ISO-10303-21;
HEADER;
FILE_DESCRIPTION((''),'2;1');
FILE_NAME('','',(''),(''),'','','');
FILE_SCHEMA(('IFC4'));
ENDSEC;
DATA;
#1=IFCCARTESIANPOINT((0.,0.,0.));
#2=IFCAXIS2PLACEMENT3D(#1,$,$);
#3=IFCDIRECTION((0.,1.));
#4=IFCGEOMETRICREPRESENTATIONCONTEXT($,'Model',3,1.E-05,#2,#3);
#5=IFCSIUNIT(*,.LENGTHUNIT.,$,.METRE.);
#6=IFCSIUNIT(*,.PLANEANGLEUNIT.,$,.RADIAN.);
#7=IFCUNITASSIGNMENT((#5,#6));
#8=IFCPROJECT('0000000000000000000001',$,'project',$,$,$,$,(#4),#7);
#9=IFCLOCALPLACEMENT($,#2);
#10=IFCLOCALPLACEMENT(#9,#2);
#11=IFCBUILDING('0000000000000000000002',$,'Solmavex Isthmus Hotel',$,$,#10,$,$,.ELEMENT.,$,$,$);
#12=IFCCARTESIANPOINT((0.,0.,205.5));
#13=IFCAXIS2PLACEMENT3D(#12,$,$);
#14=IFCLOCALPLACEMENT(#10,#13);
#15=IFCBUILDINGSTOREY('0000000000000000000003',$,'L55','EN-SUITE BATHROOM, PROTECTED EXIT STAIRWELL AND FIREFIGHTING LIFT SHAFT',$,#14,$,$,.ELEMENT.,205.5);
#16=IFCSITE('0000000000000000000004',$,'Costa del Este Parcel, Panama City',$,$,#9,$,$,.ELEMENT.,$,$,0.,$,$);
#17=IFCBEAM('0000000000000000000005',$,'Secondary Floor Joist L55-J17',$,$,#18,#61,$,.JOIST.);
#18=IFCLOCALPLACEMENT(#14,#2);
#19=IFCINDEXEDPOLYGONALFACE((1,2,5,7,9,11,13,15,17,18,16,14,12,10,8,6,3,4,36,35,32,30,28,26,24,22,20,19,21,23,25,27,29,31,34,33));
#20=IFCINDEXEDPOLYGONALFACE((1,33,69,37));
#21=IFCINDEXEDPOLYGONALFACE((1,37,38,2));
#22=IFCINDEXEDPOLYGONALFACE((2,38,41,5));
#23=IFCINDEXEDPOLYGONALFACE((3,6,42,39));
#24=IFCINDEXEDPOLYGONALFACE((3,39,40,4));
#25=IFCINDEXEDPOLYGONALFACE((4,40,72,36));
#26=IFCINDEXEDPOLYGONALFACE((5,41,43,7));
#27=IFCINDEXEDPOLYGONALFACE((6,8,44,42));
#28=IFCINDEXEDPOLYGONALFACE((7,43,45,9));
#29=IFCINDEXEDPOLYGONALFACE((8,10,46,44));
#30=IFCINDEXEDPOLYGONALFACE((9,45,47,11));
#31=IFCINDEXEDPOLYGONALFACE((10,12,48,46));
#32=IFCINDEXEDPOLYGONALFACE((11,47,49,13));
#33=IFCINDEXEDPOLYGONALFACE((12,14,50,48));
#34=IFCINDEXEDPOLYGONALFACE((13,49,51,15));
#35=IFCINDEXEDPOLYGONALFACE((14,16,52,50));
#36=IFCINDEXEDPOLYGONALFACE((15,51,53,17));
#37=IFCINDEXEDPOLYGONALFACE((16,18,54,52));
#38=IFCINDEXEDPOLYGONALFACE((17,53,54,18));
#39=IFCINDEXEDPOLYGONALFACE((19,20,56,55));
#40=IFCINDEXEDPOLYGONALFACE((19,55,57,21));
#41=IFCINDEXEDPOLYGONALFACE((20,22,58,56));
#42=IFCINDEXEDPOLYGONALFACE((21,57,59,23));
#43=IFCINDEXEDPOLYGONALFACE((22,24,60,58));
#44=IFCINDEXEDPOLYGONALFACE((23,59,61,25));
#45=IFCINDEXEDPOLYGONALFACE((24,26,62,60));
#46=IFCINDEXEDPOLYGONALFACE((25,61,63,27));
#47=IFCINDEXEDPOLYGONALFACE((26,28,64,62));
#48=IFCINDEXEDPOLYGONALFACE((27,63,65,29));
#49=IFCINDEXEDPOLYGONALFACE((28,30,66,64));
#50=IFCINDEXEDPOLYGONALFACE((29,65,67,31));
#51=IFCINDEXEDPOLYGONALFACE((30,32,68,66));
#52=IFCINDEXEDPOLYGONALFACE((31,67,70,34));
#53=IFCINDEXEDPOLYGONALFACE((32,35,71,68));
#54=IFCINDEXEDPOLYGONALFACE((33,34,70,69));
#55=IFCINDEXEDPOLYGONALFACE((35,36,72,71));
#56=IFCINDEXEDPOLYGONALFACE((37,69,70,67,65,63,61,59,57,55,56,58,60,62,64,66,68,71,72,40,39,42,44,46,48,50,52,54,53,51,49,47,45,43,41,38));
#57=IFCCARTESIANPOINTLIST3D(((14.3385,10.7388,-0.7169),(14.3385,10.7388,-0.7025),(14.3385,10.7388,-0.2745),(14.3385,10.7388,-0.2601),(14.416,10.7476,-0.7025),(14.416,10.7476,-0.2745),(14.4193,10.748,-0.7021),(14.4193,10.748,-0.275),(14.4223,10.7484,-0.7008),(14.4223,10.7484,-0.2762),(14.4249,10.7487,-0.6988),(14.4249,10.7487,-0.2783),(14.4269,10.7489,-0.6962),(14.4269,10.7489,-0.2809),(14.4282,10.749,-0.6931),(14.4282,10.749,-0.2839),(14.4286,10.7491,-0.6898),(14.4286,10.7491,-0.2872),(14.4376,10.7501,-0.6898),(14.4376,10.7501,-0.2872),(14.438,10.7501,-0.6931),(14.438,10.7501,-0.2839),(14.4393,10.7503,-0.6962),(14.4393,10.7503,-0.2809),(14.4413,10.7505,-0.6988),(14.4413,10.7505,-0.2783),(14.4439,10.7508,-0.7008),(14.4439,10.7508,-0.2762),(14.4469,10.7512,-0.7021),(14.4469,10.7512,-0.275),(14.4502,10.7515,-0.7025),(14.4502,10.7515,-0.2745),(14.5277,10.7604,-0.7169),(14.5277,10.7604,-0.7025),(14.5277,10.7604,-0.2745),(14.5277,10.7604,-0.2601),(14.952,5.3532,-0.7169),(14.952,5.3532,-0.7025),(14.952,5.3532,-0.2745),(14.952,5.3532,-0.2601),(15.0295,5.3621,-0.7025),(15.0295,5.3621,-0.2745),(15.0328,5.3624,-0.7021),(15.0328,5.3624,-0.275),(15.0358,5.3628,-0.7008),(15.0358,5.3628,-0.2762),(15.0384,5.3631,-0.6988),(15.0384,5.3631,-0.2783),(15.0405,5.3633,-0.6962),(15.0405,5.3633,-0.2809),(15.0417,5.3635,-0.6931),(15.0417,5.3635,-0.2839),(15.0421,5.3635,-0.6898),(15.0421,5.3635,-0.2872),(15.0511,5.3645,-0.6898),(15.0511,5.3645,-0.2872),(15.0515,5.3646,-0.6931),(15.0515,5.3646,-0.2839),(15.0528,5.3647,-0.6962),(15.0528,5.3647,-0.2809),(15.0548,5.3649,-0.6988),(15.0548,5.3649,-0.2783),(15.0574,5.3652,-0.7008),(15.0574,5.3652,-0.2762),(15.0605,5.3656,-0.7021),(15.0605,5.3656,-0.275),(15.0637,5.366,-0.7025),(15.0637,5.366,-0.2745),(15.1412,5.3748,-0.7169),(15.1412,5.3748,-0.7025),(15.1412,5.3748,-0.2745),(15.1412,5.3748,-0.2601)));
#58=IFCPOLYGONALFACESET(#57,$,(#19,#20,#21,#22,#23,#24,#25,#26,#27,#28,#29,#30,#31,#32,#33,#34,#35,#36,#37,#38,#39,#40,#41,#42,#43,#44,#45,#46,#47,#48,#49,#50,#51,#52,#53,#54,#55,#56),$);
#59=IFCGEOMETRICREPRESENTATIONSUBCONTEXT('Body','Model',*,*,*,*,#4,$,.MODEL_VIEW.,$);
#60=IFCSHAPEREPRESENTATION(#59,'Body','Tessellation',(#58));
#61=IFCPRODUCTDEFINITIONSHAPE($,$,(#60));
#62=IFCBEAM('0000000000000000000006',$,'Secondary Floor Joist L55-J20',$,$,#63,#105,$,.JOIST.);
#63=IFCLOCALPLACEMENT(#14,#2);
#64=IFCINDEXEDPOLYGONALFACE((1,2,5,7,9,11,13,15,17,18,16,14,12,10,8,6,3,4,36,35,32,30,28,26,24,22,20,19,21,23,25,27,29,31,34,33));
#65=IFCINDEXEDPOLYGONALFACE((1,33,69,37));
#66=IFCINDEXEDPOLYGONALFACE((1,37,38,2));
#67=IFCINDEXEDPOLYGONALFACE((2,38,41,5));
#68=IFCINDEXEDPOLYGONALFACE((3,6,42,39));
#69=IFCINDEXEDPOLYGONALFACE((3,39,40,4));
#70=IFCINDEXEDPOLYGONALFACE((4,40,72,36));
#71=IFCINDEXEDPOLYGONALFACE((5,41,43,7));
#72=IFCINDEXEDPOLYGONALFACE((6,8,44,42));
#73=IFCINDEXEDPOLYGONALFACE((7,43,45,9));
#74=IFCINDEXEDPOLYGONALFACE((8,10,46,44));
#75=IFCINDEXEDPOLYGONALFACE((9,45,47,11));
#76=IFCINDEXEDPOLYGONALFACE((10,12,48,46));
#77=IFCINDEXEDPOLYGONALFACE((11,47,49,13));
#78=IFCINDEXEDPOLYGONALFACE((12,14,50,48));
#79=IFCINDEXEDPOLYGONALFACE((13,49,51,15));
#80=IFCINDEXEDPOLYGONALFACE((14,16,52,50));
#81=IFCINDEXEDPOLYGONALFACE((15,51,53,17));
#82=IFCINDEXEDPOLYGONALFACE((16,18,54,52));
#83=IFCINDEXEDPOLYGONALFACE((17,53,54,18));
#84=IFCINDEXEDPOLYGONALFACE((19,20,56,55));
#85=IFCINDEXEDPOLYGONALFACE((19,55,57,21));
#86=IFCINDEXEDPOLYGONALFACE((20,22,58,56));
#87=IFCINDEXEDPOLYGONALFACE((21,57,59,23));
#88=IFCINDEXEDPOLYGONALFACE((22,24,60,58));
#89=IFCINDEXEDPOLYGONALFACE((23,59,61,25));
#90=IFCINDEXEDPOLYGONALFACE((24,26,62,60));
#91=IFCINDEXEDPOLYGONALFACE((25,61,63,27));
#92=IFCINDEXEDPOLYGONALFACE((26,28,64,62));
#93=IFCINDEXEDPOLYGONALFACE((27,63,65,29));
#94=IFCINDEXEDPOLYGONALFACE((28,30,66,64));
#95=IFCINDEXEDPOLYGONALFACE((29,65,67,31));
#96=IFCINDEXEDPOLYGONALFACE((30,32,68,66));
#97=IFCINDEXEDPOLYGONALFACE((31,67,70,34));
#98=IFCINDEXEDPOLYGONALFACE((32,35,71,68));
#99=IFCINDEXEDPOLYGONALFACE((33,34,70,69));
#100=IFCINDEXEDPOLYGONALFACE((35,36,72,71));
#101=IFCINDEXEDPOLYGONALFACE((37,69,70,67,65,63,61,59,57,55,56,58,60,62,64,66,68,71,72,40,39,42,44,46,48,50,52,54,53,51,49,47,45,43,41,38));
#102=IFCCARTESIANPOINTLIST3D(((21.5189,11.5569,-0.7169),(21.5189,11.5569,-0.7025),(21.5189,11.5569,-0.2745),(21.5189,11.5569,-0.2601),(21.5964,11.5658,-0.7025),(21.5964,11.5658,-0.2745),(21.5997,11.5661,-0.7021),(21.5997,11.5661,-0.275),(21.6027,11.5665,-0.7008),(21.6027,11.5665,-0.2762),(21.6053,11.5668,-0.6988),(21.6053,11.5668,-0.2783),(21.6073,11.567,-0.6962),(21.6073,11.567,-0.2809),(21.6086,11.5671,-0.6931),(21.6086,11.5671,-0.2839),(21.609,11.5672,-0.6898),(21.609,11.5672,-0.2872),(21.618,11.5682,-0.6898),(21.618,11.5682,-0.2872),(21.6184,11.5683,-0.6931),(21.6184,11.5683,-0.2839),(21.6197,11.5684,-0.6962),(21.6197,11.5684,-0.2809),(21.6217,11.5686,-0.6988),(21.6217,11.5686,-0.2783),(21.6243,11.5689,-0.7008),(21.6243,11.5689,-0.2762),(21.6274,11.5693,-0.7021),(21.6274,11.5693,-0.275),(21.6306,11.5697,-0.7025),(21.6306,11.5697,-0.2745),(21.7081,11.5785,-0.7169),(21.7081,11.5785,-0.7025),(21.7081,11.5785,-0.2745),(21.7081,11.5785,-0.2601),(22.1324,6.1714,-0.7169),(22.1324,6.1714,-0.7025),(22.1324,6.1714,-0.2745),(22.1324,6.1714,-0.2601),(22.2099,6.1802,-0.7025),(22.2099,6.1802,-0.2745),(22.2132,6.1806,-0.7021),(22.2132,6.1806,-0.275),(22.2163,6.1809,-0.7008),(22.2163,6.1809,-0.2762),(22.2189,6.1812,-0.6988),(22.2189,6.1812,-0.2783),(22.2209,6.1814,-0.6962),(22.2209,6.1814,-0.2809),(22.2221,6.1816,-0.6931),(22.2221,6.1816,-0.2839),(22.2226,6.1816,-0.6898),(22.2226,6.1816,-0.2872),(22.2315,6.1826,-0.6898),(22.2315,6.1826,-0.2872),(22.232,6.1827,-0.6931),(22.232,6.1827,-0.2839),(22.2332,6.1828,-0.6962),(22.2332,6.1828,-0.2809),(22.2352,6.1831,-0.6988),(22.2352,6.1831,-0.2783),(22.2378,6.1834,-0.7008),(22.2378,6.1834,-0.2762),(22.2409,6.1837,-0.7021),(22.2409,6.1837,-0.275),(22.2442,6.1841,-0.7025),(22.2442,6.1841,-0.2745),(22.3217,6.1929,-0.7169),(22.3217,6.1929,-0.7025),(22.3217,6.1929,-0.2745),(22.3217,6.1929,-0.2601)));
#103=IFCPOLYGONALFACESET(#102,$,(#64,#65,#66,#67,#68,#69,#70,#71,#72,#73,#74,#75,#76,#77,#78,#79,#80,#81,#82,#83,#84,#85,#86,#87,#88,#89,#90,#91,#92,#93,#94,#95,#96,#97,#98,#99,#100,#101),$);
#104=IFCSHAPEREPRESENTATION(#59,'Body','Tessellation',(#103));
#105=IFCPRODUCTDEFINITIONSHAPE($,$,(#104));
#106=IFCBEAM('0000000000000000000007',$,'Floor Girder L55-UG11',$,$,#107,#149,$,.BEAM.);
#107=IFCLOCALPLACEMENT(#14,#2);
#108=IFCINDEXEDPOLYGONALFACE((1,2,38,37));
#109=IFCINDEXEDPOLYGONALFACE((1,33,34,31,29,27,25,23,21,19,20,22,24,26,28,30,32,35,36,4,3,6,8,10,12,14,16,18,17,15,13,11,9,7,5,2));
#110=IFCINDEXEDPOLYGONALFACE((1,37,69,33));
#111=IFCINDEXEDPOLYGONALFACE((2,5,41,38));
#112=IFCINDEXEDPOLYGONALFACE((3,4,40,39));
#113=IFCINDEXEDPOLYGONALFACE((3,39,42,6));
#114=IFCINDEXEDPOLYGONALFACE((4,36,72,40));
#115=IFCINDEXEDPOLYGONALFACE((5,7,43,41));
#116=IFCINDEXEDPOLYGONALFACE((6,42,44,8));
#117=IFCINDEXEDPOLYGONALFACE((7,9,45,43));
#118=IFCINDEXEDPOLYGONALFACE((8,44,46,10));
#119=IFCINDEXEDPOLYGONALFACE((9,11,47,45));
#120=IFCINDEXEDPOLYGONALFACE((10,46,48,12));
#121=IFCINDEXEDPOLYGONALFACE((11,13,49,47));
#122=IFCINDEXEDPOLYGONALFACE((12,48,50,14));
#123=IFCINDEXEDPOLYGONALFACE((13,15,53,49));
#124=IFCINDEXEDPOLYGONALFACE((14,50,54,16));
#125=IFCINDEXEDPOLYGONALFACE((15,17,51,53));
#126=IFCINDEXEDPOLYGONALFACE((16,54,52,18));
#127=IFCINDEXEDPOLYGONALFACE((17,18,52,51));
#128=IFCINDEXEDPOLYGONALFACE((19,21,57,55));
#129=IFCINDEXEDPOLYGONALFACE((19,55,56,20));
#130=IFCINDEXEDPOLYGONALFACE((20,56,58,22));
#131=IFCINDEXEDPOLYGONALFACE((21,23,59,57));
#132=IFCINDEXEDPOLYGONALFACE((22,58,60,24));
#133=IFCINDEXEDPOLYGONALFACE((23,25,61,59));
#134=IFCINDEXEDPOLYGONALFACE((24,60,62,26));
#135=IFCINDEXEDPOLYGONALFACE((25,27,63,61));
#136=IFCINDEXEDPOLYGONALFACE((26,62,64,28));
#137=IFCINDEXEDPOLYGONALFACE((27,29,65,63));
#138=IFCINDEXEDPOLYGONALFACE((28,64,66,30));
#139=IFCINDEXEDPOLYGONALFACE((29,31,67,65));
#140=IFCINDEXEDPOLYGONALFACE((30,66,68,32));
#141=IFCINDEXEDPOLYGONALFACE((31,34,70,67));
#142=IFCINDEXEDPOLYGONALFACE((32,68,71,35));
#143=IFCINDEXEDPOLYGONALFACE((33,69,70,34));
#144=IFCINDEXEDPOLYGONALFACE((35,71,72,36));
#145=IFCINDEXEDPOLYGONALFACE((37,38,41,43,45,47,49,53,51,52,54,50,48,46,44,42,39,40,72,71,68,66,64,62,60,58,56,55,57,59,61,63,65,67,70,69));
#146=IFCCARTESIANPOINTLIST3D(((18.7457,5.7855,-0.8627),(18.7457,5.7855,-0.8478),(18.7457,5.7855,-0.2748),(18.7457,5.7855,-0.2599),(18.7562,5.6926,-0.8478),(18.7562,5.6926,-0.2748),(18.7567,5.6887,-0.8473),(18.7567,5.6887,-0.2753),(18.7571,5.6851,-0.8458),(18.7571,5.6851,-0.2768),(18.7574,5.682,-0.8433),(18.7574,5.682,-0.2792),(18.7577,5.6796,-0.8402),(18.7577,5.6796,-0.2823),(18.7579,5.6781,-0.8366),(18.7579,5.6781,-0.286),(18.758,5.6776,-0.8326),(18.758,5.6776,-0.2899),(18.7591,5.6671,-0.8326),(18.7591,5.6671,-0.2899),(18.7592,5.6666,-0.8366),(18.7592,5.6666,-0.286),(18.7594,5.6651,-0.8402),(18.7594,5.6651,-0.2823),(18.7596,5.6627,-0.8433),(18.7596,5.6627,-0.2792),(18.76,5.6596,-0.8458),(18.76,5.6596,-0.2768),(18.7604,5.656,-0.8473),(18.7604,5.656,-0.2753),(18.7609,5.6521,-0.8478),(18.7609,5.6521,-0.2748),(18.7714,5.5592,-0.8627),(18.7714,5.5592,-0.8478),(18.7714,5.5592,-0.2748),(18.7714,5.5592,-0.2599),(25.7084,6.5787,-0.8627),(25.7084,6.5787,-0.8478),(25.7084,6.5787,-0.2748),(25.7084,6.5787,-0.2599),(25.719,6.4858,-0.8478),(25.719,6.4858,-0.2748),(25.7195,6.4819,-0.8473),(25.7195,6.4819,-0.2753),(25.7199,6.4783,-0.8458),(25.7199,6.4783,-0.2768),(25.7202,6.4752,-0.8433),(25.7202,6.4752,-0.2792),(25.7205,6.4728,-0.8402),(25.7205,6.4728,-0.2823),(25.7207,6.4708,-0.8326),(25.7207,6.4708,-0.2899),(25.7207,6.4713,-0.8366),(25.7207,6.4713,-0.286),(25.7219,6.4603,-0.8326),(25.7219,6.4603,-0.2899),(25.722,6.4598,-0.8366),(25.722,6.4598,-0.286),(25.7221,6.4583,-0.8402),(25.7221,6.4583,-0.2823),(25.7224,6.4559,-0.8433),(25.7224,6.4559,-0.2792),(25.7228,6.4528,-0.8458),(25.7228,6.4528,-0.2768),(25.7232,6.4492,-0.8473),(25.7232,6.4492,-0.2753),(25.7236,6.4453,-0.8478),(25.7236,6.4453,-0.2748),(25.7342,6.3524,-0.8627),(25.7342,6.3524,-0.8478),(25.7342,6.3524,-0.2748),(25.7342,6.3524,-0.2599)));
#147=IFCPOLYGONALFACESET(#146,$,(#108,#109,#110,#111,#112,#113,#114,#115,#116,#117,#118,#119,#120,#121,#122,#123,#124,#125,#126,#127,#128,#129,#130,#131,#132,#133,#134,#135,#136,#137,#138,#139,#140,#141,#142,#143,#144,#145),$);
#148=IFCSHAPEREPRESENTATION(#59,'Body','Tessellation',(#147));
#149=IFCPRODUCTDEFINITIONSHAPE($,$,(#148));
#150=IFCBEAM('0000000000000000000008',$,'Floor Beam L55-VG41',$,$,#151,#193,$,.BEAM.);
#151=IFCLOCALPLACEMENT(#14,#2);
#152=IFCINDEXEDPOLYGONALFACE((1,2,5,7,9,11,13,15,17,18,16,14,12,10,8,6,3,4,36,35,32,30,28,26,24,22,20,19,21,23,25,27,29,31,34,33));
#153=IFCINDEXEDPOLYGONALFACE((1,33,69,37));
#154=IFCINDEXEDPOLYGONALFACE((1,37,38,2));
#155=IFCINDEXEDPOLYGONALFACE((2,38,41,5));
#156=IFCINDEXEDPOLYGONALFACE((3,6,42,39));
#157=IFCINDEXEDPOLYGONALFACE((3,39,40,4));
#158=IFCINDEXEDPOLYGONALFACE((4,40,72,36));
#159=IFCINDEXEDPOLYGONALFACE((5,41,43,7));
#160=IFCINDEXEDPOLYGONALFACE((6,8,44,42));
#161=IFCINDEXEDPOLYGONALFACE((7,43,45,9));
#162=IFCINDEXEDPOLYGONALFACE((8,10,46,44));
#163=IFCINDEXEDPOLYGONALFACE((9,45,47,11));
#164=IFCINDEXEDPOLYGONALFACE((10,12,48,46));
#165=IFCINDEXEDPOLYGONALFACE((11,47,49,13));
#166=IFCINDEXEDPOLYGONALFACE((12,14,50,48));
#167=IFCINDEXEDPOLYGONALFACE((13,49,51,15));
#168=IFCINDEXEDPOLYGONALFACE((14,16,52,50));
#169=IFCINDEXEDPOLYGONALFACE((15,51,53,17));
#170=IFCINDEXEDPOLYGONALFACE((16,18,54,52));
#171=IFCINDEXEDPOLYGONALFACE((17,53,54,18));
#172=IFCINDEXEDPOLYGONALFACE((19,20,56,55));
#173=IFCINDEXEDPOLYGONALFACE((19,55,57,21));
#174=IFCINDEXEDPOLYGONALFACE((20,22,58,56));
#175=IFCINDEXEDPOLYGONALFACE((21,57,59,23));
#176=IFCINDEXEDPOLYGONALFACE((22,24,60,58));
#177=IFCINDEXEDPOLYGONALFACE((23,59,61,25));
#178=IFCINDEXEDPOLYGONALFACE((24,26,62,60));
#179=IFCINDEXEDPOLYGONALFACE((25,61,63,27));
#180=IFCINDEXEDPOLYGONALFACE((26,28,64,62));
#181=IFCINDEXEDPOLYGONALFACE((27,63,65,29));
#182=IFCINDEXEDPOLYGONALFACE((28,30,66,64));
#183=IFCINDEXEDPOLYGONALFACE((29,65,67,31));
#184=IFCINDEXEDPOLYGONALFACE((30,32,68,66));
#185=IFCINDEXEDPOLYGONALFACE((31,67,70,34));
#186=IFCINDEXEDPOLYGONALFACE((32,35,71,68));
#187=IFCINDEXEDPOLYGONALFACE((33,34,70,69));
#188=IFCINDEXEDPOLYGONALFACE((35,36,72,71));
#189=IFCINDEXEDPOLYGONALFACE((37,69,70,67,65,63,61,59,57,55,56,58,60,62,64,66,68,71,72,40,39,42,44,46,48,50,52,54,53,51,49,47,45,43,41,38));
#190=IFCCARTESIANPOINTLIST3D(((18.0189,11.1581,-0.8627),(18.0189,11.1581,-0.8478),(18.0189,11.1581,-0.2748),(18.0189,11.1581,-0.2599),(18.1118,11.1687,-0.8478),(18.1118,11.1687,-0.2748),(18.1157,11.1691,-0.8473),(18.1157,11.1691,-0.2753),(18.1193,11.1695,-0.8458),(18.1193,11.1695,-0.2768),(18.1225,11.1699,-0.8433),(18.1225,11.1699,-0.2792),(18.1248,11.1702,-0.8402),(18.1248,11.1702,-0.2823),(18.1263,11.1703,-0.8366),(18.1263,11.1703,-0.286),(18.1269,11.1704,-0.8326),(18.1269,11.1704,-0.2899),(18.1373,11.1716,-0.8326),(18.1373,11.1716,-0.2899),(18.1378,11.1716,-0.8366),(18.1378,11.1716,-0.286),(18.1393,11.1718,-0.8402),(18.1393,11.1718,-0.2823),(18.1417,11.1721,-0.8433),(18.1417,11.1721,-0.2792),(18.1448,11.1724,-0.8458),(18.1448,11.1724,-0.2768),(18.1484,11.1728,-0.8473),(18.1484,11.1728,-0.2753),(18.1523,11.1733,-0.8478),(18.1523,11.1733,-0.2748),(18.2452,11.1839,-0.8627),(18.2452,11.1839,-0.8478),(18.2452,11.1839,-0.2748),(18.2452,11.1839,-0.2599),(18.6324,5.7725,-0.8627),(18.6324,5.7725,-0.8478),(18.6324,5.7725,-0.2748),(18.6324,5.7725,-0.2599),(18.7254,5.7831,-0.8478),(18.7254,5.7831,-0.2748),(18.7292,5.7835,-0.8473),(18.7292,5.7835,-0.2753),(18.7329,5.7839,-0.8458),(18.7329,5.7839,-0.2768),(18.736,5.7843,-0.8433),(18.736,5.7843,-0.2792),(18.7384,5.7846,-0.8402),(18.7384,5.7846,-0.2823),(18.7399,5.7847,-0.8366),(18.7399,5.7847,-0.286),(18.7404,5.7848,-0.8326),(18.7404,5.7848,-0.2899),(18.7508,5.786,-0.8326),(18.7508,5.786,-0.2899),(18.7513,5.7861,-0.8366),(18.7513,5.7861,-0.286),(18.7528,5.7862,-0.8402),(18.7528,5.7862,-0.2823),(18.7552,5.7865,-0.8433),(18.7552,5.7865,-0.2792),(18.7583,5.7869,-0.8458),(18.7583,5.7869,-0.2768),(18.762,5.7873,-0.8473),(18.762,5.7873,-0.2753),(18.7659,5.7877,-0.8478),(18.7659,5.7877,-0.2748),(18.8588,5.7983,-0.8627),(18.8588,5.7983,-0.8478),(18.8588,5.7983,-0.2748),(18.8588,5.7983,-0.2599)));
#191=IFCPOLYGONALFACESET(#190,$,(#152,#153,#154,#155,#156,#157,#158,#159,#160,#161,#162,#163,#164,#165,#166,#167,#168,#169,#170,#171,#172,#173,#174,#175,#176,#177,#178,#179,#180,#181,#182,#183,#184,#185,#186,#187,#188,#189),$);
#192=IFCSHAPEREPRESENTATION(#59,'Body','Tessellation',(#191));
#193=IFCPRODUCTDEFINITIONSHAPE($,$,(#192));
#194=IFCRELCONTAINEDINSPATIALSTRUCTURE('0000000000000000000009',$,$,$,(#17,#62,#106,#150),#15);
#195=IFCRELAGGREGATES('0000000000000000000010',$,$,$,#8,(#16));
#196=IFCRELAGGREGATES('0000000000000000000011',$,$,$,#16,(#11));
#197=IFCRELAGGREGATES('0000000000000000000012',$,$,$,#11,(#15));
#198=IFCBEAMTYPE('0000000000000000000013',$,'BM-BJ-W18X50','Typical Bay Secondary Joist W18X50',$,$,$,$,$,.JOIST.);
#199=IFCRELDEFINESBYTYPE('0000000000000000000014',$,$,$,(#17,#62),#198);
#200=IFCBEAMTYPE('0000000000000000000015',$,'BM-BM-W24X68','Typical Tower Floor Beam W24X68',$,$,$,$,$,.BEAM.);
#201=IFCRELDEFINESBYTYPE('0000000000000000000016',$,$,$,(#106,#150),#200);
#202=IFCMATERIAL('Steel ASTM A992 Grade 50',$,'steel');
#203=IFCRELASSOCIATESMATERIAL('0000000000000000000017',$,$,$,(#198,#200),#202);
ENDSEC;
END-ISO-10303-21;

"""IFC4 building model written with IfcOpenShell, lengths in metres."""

from ifc_helpers import new_model, si_unit, direction, frame, origin, origin_2d, place, context, subcontext, project, spatial, i_section, extrude, material, material_profile, profile_set, type_object, element, save


model = new_model("IFC4")

# Units and contexts
model_context = context("Model", 3, precision=1e-05, world=origin(), true_north=direction((0.0, 1.0)))
body_context = subcontext(model_context, "Body", "Model", "MODEL_VIEW")
ifc_project = project(units=[si_unit("LENGTHUNIT", "METRE"), si_unit("PLANEANGLEUNIT", "RADIAN")], contexts=[model_context])

# Site, building, storey
site_placement = place(None, origin())
site = spatial("IfcSite", under=ifc_project, at=site_placement, Name="Costa del Este Parcel, Panama City", CompositionType="ELEMENT", RefElevation=0.0)
building_placement = place(site_placement, origin())
building = spatial("IfcBuilding", under=site, at=building_placement, Name="Solmavex Isthmus Hotel", CompositionType="ELEMENT")
storey_placement = place(building_placement, frame((0.0, 0.0, 205.5)))
storey = spatial("IfcBuildingStorey", under=building, at=storey_placement, Name="L55", Description="EN-SUITE BATHROOM, PROTECTED EXIT STAIRWELL AND FIREFIGHTING LIFT SHAFT", CompositionType="ELEMENT", Elevation=205.5)

# Beams
ifc_material_1 = material(Name="Steel ASTM A992 Grade 50", Category="steel")
ifc_material_profile_1 = material_profile(ifc_material_1, i_section(OverallWidth=0.1904, OverallDepth=0.4568, WebThickness=0.009, FlangeThickness=0.0144, FilletRadius=0.0127, at=origin_2d()), Name="W18X50")
ifc_profile_set_1 = profile_set([ifc_material_profile_1], Name="Steel ASTM A992 Grade 50")
beam_type_1 = type_object("IfcBeamType", Name="BM-BJ-W18X50", Description="Typical Bay Secondary Joist W18X50", PredefinedType="JOIST", material=ifc_profile_set_1)
for number, where, z_axis, x_axis, name in (
    (1, (15.0466, 5.364, -0.4885), (-0.11319, 0.993573, 0.0), (-0.993573, -0.11319, 0.0), "Secondary Floor Joist L55-J17"),
    (2, (22.2271, 6.1821, -0.4885), (-0.11319, 0.993573, 0.0), (-0.993573, -0.11319, 0.0), "Secondary Floor Joist L55-J20"),
):
    element("IfcBeam", number, at=place(storey_placement, frame(where, z_axis=z_axis, x_axis=x_axis)), inside=storey, type_object=beam_type_1, Name=name, PredefinedType="JOIST", context=body_context, shape_type="SweptSolid", body=[
        extrude(i_section(OverallWidth=0.1904, OverallDepth=0.4568, WebThickness=0.009, FlangeThickness=0.0144, FilletRadius=0.0127, at=origin_2d()), origin(), (0.0, 0.0, 1.0), 5.4204),
    ])
ifc_material_profile_2 = material_profile(ifc_material_1, i_section(OverallWidth=0.2278, OverallDepth=0.6028, WebThickness=0.0105, FlangeThickness=0.0149, FilletRadius=0.0151, at=origin_2d()), Name="W24X68")
ifc_profile_set_2 = profile_set([ifc_material_profile_2], Name="Steel ASTM A992 Grade 50")
beam_type_2 = type_object("IfcBeamType", Name="BM-BM-W24X68", Description="Typical Tower Floor Beam W24X68", PredefinedType="BEAM", material=ifc_profile_set_2)
beam_1_placement = place(storey_placement, frame((18.7585, 5.6724, -0.5613), z_axis=(0.993574, 0.113188, 0.0), x_axis=(-0.113188, 0.993574, 0.0)))
element("IfcBeam", 3, at=beam_1_placement, inside=storey, type_object=beam_type_2, Name="Floor Girder L55-UG11", PredefinedType="BEAM", context=body_context, shape_type="SweptSolid", body=[
    extrude(i_section(OverallWidth=0.2278, OverallDepth=0.6028, WebThickness=0.0105, FlangeThickness=0.0149, FilletRadius=0.0151, at=origin_2d()), origin(), (0.0, 0.0, 1.0), 7.0078),
])
beam_2_placement = place(storey_placement, frame((18.7456, 5.7854, -0.5613), z_axis=(-0.11319, 0.993573, 0.0), x_axis=(-0.993573, -0.11319, 0.0)))
element("IfcBeam", 4, at=beam_2_placement, inside=storey, type_object=beam_type_2, Name="Floor Beam L55-VG41", PredefinedType="BEAM", context=body_context, shape_type="SweptSolid", body=[
    extrude(i_section(OverallWidth=0.2278, OverallDepth=0.6028, WebThickness=0.0105, FlangeThickness=0.0149, FilletRadius=0.0151, at=origin_2d()), origin(), (0.0, 0.0, 1.0), 5.4204),
])

save(model, "model.ifc")
